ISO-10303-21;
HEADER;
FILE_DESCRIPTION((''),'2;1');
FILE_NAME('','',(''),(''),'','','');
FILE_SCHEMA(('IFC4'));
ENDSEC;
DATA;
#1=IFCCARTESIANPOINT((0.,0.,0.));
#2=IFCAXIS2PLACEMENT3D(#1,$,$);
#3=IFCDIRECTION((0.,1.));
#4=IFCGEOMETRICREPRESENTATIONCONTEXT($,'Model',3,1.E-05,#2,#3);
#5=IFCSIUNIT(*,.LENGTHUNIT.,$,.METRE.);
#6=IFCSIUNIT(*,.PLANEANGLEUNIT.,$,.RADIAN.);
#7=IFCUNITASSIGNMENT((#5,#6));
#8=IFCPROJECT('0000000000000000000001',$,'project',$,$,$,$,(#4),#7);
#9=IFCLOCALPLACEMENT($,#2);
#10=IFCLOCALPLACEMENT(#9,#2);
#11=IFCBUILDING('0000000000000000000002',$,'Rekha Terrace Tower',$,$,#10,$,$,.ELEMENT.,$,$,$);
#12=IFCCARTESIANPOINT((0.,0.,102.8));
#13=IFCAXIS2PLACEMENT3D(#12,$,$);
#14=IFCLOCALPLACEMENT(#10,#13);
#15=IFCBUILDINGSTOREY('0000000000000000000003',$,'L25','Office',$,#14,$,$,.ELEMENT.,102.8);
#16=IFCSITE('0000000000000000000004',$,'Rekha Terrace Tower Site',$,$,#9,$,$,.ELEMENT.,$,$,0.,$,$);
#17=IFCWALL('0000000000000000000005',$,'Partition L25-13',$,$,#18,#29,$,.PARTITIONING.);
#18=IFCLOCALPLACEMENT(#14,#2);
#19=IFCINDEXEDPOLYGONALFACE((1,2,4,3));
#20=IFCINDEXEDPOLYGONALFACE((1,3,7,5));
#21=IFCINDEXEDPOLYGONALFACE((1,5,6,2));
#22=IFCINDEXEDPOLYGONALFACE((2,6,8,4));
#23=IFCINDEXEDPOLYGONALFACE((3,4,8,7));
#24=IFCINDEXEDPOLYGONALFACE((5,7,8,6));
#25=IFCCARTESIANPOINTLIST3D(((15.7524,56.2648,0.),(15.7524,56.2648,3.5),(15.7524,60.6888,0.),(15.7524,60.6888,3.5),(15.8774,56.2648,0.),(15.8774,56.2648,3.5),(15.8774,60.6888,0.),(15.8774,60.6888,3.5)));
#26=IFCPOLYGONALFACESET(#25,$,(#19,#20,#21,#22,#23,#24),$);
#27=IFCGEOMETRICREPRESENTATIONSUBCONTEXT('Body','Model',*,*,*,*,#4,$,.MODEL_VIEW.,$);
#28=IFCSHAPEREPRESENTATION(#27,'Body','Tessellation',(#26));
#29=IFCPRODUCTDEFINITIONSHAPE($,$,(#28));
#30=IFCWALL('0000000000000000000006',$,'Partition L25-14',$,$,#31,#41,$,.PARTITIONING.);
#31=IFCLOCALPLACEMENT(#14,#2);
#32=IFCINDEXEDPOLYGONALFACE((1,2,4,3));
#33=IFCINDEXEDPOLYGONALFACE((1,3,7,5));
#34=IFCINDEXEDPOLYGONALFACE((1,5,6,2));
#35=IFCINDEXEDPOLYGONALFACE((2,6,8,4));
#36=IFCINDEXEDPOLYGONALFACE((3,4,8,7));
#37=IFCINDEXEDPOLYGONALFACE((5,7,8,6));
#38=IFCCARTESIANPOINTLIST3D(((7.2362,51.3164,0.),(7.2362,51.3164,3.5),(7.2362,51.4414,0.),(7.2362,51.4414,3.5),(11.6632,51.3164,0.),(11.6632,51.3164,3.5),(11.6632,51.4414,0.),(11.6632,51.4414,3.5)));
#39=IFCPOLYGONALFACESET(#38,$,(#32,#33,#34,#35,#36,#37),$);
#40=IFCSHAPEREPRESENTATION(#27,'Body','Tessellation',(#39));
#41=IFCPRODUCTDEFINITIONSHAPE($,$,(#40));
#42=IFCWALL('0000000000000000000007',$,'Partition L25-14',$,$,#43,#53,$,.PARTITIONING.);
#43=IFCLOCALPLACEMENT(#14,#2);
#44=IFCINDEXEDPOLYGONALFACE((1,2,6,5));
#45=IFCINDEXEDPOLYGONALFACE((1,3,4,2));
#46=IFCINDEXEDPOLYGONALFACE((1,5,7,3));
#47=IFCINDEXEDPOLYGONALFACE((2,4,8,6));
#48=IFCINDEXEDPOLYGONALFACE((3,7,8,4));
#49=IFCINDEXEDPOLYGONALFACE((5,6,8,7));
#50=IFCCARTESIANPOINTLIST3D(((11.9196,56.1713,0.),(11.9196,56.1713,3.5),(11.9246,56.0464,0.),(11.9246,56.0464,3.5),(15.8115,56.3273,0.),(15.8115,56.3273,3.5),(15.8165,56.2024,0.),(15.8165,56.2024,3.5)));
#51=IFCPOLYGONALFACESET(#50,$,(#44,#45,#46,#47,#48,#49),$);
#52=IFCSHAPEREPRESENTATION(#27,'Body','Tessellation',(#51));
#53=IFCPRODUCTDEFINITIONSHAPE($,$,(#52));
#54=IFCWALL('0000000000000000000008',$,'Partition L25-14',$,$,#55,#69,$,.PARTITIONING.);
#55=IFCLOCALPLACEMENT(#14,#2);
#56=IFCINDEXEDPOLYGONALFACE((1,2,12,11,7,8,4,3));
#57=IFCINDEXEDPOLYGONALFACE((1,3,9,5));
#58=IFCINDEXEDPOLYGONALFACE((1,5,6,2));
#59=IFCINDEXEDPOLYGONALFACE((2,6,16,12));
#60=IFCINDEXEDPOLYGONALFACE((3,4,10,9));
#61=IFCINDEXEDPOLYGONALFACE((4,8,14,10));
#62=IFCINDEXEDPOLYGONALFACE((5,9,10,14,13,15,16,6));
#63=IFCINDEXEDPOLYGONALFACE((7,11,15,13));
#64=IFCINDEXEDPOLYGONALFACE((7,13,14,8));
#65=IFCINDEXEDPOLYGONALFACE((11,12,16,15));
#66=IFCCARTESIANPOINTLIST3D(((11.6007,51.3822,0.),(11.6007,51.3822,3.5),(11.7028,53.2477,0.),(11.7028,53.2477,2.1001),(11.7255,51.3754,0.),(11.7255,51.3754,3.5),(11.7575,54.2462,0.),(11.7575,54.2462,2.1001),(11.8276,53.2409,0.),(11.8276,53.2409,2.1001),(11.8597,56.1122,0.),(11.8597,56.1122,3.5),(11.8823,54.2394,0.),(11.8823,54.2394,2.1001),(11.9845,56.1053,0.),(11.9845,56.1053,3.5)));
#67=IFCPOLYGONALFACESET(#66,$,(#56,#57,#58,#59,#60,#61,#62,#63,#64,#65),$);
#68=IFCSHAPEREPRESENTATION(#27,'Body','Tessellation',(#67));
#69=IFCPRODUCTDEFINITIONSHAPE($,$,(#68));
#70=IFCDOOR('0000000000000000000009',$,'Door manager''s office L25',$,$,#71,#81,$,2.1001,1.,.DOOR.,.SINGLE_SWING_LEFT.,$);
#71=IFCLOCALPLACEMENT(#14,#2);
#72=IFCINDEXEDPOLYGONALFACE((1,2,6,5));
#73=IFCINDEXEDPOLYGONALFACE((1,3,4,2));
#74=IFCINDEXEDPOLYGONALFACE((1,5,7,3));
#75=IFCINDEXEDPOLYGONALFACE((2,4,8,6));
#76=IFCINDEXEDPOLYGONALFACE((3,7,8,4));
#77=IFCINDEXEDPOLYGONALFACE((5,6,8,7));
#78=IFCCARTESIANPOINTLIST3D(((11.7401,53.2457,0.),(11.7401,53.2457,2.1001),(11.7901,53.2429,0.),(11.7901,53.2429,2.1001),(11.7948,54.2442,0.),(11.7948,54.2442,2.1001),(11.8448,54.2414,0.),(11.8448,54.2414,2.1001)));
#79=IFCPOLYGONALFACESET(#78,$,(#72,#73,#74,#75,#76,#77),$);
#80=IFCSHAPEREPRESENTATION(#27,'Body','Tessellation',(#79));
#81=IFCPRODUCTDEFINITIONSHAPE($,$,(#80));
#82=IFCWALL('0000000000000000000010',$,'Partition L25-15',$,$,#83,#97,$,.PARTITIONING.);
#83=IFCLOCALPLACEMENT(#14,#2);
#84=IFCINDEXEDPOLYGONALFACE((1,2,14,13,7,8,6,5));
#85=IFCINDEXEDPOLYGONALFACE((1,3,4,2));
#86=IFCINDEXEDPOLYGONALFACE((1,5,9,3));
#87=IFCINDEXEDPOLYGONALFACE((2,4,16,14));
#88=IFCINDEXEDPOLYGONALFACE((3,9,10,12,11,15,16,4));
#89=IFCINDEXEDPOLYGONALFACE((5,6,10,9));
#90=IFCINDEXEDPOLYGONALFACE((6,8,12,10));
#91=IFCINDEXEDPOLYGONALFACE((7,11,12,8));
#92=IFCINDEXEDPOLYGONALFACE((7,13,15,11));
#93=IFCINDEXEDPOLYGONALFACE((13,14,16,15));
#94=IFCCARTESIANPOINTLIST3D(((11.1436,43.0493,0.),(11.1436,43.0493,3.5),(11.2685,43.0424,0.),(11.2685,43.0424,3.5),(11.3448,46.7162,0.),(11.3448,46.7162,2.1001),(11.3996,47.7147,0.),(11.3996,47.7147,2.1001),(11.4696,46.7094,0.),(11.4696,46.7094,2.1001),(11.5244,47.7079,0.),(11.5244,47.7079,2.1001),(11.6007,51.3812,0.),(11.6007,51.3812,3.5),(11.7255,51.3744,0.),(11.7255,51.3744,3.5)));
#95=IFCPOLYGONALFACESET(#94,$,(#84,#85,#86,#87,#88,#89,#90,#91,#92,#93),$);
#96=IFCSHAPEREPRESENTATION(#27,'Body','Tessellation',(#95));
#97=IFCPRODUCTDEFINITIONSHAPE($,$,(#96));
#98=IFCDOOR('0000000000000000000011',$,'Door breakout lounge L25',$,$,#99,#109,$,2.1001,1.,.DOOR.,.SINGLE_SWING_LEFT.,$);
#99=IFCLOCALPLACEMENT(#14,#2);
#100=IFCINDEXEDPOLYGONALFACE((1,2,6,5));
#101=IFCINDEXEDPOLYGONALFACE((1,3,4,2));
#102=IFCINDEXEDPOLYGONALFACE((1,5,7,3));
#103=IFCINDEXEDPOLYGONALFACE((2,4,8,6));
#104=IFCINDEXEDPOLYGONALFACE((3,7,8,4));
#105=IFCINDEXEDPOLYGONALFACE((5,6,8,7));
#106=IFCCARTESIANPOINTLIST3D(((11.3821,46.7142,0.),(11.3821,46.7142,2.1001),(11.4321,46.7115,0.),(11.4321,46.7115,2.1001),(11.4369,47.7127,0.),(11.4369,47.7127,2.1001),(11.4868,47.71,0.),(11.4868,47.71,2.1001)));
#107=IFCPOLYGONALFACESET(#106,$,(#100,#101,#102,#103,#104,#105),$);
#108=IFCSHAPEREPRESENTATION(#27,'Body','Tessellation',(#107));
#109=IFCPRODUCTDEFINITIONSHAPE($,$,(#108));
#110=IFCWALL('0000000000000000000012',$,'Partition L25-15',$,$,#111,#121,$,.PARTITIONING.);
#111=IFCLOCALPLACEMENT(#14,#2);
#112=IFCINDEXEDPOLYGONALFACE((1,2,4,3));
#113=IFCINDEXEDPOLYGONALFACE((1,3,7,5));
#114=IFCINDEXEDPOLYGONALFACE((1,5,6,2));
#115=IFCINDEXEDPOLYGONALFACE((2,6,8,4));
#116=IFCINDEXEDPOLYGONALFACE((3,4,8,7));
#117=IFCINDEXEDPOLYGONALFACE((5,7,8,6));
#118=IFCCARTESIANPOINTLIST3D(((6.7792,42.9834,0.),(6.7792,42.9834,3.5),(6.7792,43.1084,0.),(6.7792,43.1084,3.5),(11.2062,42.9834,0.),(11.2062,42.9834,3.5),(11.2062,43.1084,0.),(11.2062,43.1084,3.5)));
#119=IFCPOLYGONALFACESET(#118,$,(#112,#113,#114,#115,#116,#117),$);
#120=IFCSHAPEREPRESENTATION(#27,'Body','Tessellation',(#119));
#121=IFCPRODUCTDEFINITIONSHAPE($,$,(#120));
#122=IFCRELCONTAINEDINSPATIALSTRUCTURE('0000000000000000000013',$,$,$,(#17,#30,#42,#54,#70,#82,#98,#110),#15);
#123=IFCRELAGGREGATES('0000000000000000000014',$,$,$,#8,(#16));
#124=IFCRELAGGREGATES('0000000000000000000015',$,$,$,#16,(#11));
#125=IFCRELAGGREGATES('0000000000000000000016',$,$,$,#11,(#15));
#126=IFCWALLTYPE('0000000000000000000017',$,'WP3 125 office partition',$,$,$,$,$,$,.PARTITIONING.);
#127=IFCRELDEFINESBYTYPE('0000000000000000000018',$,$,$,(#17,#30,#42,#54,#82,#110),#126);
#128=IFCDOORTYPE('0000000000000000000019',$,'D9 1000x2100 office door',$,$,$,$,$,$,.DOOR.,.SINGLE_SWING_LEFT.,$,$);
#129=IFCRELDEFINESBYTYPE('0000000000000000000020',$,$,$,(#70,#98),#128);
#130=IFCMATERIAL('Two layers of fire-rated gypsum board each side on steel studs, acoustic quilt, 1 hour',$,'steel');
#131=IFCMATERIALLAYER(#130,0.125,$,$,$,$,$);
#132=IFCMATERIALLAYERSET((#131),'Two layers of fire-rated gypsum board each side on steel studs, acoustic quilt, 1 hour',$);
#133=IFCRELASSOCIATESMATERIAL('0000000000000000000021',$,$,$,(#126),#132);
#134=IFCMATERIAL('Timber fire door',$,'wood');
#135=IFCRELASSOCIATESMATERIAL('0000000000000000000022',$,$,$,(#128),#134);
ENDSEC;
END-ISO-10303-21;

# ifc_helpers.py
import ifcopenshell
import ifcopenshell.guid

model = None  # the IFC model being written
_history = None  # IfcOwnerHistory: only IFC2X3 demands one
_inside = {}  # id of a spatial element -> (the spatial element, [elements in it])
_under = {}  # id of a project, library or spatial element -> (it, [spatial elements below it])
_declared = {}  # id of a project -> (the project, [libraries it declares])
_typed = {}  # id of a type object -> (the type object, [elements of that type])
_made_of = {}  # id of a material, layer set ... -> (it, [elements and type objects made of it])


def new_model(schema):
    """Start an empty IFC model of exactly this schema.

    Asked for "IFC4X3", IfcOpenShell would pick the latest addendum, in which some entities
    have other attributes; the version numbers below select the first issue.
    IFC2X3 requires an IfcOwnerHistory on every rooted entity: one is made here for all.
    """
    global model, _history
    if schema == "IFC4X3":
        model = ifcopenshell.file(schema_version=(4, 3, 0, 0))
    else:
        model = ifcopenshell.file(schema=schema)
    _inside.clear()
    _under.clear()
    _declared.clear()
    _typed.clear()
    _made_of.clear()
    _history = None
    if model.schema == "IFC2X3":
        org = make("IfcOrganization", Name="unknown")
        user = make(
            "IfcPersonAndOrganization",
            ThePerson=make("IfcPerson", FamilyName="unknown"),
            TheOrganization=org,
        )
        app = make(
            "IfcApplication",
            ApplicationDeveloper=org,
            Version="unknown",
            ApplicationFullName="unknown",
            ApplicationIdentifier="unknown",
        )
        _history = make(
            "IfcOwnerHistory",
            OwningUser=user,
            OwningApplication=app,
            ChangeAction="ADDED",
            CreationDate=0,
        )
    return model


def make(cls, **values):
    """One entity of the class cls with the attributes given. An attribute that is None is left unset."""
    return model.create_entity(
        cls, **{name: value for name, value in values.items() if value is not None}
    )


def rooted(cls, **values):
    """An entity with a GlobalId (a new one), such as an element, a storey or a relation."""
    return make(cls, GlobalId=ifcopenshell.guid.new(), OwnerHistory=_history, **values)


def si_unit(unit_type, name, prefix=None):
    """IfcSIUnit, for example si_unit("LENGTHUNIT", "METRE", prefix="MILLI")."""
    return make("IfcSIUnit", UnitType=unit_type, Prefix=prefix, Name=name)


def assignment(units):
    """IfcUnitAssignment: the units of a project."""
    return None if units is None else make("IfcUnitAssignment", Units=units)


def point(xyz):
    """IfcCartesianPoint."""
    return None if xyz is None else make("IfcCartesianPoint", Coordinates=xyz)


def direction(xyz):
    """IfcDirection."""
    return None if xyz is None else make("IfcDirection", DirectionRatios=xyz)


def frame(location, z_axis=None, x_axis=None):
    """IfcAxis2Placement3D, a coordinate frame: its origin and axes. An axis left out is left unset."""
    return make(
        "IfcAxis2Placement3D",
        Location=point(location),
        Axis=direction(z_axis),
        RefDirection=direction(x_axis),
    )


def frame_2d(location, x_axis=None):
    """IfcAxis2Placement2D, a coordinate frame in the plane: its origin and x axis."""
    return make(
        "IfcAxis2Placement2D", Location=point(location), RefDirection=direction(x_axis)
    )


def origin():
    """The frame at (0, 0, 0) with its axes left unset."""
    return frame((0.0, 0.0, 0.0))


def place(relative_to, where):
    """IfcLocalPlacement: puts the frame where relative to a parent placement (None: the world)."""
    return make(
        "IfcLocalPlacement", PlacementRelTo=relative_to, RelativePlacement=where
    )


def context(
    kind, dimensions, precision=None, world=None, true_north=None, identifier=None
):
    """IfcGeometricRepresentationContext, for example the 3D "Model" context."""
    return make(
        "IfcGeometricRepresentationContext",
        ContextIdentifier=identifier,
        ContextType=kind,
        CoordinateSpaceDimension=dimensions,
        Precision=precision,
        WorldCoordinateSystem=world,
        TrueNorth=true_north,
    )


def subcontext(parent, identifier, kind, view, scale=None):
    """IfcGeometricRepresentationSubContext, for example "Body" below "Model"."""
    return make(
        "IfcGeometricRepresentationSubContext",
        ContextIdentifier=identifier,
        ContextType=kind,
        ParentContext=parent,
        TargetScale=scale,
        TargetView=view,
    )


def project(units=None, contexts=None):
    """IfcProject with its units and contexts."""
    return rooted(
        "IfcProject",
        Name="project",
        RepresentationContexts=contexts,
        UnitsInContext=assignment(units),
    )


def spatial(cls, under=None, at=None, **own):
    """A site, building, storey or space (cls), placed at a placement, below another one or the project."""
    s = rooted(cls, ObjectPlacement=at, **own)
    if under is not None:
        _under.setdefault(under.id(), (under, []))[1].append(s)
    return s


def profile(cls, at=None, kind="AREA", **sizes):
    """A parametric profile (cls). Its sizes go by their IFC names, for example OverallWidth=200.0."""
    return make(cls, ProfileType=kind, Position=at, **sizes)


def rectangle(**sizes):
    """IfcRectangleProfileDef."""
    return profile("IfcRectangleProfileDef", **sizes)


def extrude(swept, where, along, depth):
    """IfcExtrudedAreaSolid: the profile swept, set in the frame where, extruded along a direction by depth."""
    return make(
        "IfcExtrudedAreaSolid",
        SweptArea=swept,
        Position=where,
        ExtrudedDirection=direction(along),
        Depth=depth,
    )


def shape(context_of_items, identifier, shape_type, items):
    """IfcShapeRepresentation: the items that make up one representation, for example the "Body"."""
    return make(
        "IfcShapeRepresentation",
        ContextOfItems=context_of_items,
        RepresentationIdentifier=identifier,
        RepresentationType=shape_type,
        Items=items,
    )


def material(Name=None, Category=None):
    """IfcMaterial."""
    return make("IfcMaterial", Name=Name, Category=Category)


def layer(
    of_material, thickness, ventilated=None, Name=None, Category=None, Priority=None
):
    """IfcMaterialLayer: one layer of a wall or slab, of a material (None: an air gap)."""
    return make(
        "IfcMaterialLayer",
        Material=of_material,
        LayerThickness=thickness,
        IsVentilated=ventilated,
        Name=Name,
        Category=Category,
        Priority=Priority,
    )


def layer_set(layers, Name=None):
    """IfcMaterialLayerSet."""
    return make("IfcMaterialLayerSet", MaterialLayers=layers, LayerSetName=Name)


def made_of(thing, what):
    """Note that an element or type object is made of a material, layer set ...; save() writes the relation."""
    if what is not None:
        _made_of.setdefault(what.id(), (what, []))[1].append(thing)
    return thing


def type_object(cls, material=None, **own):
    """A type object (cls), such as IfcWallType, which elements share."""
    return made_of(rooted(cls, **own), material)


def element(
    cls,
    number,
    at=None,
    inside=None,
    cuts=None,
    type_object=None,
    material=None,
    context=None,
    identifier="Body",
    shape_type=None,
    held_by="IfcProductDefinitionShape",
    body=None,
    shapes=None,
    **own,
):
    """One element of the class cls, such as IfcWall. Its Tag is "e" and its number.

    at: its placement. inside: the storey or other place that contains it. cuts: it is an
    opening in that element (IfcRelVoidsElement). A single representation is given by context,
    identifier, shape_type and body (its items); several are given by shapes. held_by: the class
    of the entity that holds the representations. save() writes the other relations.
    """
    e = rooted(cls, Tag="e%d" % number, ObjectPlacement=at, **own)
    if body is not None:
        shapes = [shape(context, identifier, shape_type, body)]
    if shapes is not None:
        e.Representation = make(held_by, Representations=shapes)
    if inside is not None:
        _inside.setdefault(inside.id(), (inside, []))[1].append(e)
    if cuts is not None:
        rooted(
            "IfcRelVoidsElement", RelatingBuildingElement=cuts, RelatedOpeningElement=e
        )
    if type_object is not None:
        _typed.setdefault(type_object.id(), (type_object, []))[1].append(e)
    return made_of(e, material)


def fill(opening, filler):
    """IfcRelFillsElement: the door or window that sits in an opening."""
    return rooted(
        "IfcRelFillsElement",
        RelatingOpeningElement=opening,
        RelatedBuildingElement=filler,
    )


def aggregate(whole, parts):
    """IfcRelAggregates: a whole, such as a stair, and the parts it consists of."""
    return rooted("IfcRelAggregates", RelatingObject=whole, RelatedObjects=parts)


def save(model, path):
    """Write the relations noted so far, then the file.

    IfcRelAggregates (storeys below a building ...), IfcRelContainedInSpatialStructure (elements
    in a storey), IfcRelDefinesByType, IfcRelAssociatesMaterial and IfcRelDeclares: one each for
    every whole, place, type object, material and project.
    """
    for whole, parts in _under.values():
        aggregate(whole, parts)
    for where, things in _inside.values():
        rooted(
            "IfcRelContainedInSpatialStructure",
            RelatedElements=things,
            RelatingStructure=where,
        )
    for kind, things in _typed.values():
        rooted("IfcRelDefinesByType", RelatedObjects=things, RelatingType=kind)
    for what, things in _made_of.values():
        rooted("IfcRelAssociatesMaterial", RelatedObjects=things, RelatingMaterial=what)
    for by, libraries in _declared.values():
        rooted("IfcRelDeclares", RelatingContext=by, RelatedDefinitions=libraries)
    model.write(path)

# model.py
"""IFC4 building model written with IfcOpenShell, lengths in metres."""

from ifc_helpers import new_model, si_unit, direction, frame, frame_2d, origin, place, context, subcontext, project, spatial, rectangle, extrude, material, layer, layer_set, type_object, element, fill, save


model = new_model("IFC4")

# Units and contexts
model_context = context("Model", 3, precision=1e-05, world=origin(), true_north=direction((0.0, 1.0)))
body_context = subcontext(model_context, "Body", "Model", "MODEL_VIEW")
ifc_project = project(units=[si_unit("LENGTHUNIT", "METRE"), si_unit("PLANEANGLEUNIT", "RADIAN")], contexts=[model_context])

# Site, building, storey
site_placement = place(None, origin())
site = spatial("IfcSite", under=ifc_project, at=site_placement, Name="Rekha Terrace Tower Site", CompositionType="ELEMENT", RefElevation=0.0)
building_placement = place(site_placement, origin())
building = spatial("IfcBuilding", under=site, at=building_placement, Name="Rekha Terrace Tower", CompositionType="ELEMENT")
storey_placement = place(building_placement, frame((0.0, 0.0, 102.8)))
storey = spatial("IfcBuildingStorey", under=building, at=storey_placement, Name="L25", Description="Office", CompositionType="ELEMENT", Elevation=102.8)

# Walls
ifc_material_1 = material(Name="Two layers of fire-rated gypsum board each side on steel studs, acoustic quilt, 1 hour", Category="steel")
ifc_layer_1 = layer(ifc_material_1, 0.125)
ifc_layer_set_1 = layer_set([ifc_layer_1], Name="Two layers of fire-rated gypsum board each side on steel studs, acoustic quilt, 1 hour")
wall_type = type_object("IfcWallType", Name="WP3 125 office partition", PredefinedType="PARTITIONING", material=ifc_layer_set_1)
wall_1_placement = place(storey_placement, frame((15.8149, 56.2649, 0.0), z_axis=(0.0, 0.0, 1.0), x_axis=(0.0, 1.0, 0.0)))
element("IfcWall", 1, at=wall_1_placement, inside=storey, type_object=wall_type, Name="Partition L25-13", PredefinedType="PARTITIONING", context=body_context, shape_type="SweptSolid", body=[
    extrude(rectangle(XDim=4.4241, YDim=0.125, at=frame_2d((2.2119, 0.0))), origin(), (0.0, 0.0, 1.0), 3.5),
])
wall_2_placement = place(storey_placement, frame((11.6631, 51.3789, 0.0), z_axis=(0.0, 0.0, 1.0), x_axis=(-1.0, 0.0, 0.0)))
element("IfcWall", 2, at=wall_2_placement, inside=storey, type_object=wall_type, Name="Partition L25-14", PredefinedType="PARTITIONING", context=body_context, shape_type="SweptSolid", body=[
    extrude(rectangle(XDim=4.427, YDim=0.125, at=frame_2d((2.2134, 0.0))), origin(), (0.0, 0.0, 1.0), 3.5),
])
wall_3_placement = place(storey_placement, frame((15.814, 56.2649, 0.0), z_axis=(0.0, 0.0, 1.0), x_axis=(-0.999198, -0.040053, 0.0)))
element("IfcWall", 3, at=wall_3_placement, inside=storey, type_object=wall_type, Name="Partition L25-14", PredefinedType="PARTITIONING", context=body_context, shape_type="SweptSolid", body=[
    extrude(rectangle(XDim=3.895, YDim=0.125, at=frame_2d((1.9475, 0.0))), origin(), (0.0, 0.0, 1.0), 3.5),
])

# Walls, openings, doors
wall_4_placement = place(storey_placement, frame((11.9221, 56.1089, 0.0), z_axis=(0.0, 0.0, 1.0), x_axis=(-0.054682, -0.998504, 0.0)))
wall_4 = element("IfcWall", 4, at=wall_4_placement, inside=storey, type_object=wall_type, Name="Partition L25-14", PredefinedType="PARTITIONING", context=body_context, shape_type="SweptSolid", body=[
    extrude(rectangle(XDim=4.7371, YDim=0.125, at=frame_2d((2.3687, 0.0))), origin(), (0.0, 0.0, 1.0), 3.5),
])
opening_1_placement = place(wall_4_placement, frame((1.8689, 0.0, 0.0)))
opening_1 = element("IfcOpeningElement", 5, at=opening_1_placement, cuts=wall_4, PredefinedType="OPENING", context=body_context, shape_type="SweptSolid", body=[
    extrude(rectangle(XDim=1.0, YDim=2.1001, at=frame_2d((0.5, 1.05))), frame((0.0, 0.0725, 0.0), z_axis=(0.0, -1.0, 0.0), x_axis=(1.0, 0.0, 0.0)), (0.0, 0.0, 1.0), 0.145),
])
ifc_material_2 = material(Name="Timber fire door", Category="wood")
door_type = type_object("IfcDoorType", Name="D9 1000x2100 office door", OperationType="SINGLE_SWING_LEFT", PredefinedType="DOOR", material=ifc_material_2)
door_1_placement = place(opening_1_placement, origin())
door_1 = element("IfcDoor", 6, at=door_1_placement, inside=storey, type_object=door_type, Name="Door manager's office L25", OperationType="SINGLE_SWING_LEFT", OverallHeight=2.1001, OverallWidth=1.0, PredefinedType="DOOR", context=body_context, shape_type="SweptSolid", body=[
    extrude(rectangle(XDim=1.0, YDim=2.1001, at=frame_2d((0.5, 1.05))), frame((0.0, 0.0249, 0.0), z_axis=(0.0, -1.0, 0.0), x_axis=(1.0, 0.0, 0.0)), (0.0, 0.0, 1.0), 0.05),
])
fill(opening_1, door_1)
wall_5_placement = place(storey_placement, frame((11.6631, 51.3779, 0.0), z_axis=(0.0, 0.0, 1.0), x_axis=(-0.05477, -0.998499, 0.0)))
wall_5 = element("IfcWall", 7, at=wall_5_placement, inside=storey, type_object=wall_type, Name="Partition L25-15", PredefinedType="PARTITIONING", context=body_context, shape_type="SweptSolid", body=[
    extrude(rectangle(XDim=8.3445, YDim=0.125, at=frame_2d((4.1724, 0.0))), origin(), (0.0, 0.0, 1.0), 3.5),
])
opening_2_placement = place(wall_5_placement, frame((3.6721, 0.0, 0.0)))
opening_2 = element("IfcOpeningElement", 8, at=opening_2_placement, cuts=wall_5, PredefinedType="OPENING", context=body_context, shape_type="SweptSolid", body=[
    extrude(rectangle(XDim=1.0, YDim=2.1001, at=frame_2d((0.5, 1.05))), frame((0.0, 0.0725, 0.0), z_axis=(0.0, -1.0, 0.0), x_axis=(1.0, 0.0, 0.0)), (0.0, 0.0, 1.0), 0.145),
])
door_2_placement = place(opening_2_placement, origin())
door_2 = element("IfcDoor", 9, at=door_2_placement, inside=storey, type_object=door_type, Name="Door breakout lounge L25", OperationType="SINGLE_SWING_LEFT", OverallHeight=2.1001, OverallWidth=1.0, PredefinedType="DOOR", context=body_context, shape_type="SweptSolid", body=[
    extrude(rectangle(XDim=1.0, YDim=2.1001, at=frame_2d((0.5, 1.05))), frame((0.0, 0.0249, 0.0), z_axis=(0.0, -1.0, 0.0), x_axis=(1.0, 0.0, 0.0)), (0.0, 0.0, 1.0), 0.05),
])
fill(opening_2, door_2)

# Wall
wall_6_placement = place(storey_placement, frame((11.2061, 43.0459, 0.0), z_axis=(0.0, 0.0, 1.0), x_axis=(-1.0, 0.0, 0.0)))
element("IfcWall", 10, at=wall_6_placement, inside=storey, type_object=wall_type, Name="Partition L25-15", PredefinedType="PARTITIONING", context=body_context, shape_type="SweptSolid", body=[
    extrude(rectangle(XDim=4.427, YDim=0.125, at=frame_2d((2.2134, 0.0))), origin(), (0.0, 0.0, 1.0), 3.5),
])

save(model, "model.ifc")
